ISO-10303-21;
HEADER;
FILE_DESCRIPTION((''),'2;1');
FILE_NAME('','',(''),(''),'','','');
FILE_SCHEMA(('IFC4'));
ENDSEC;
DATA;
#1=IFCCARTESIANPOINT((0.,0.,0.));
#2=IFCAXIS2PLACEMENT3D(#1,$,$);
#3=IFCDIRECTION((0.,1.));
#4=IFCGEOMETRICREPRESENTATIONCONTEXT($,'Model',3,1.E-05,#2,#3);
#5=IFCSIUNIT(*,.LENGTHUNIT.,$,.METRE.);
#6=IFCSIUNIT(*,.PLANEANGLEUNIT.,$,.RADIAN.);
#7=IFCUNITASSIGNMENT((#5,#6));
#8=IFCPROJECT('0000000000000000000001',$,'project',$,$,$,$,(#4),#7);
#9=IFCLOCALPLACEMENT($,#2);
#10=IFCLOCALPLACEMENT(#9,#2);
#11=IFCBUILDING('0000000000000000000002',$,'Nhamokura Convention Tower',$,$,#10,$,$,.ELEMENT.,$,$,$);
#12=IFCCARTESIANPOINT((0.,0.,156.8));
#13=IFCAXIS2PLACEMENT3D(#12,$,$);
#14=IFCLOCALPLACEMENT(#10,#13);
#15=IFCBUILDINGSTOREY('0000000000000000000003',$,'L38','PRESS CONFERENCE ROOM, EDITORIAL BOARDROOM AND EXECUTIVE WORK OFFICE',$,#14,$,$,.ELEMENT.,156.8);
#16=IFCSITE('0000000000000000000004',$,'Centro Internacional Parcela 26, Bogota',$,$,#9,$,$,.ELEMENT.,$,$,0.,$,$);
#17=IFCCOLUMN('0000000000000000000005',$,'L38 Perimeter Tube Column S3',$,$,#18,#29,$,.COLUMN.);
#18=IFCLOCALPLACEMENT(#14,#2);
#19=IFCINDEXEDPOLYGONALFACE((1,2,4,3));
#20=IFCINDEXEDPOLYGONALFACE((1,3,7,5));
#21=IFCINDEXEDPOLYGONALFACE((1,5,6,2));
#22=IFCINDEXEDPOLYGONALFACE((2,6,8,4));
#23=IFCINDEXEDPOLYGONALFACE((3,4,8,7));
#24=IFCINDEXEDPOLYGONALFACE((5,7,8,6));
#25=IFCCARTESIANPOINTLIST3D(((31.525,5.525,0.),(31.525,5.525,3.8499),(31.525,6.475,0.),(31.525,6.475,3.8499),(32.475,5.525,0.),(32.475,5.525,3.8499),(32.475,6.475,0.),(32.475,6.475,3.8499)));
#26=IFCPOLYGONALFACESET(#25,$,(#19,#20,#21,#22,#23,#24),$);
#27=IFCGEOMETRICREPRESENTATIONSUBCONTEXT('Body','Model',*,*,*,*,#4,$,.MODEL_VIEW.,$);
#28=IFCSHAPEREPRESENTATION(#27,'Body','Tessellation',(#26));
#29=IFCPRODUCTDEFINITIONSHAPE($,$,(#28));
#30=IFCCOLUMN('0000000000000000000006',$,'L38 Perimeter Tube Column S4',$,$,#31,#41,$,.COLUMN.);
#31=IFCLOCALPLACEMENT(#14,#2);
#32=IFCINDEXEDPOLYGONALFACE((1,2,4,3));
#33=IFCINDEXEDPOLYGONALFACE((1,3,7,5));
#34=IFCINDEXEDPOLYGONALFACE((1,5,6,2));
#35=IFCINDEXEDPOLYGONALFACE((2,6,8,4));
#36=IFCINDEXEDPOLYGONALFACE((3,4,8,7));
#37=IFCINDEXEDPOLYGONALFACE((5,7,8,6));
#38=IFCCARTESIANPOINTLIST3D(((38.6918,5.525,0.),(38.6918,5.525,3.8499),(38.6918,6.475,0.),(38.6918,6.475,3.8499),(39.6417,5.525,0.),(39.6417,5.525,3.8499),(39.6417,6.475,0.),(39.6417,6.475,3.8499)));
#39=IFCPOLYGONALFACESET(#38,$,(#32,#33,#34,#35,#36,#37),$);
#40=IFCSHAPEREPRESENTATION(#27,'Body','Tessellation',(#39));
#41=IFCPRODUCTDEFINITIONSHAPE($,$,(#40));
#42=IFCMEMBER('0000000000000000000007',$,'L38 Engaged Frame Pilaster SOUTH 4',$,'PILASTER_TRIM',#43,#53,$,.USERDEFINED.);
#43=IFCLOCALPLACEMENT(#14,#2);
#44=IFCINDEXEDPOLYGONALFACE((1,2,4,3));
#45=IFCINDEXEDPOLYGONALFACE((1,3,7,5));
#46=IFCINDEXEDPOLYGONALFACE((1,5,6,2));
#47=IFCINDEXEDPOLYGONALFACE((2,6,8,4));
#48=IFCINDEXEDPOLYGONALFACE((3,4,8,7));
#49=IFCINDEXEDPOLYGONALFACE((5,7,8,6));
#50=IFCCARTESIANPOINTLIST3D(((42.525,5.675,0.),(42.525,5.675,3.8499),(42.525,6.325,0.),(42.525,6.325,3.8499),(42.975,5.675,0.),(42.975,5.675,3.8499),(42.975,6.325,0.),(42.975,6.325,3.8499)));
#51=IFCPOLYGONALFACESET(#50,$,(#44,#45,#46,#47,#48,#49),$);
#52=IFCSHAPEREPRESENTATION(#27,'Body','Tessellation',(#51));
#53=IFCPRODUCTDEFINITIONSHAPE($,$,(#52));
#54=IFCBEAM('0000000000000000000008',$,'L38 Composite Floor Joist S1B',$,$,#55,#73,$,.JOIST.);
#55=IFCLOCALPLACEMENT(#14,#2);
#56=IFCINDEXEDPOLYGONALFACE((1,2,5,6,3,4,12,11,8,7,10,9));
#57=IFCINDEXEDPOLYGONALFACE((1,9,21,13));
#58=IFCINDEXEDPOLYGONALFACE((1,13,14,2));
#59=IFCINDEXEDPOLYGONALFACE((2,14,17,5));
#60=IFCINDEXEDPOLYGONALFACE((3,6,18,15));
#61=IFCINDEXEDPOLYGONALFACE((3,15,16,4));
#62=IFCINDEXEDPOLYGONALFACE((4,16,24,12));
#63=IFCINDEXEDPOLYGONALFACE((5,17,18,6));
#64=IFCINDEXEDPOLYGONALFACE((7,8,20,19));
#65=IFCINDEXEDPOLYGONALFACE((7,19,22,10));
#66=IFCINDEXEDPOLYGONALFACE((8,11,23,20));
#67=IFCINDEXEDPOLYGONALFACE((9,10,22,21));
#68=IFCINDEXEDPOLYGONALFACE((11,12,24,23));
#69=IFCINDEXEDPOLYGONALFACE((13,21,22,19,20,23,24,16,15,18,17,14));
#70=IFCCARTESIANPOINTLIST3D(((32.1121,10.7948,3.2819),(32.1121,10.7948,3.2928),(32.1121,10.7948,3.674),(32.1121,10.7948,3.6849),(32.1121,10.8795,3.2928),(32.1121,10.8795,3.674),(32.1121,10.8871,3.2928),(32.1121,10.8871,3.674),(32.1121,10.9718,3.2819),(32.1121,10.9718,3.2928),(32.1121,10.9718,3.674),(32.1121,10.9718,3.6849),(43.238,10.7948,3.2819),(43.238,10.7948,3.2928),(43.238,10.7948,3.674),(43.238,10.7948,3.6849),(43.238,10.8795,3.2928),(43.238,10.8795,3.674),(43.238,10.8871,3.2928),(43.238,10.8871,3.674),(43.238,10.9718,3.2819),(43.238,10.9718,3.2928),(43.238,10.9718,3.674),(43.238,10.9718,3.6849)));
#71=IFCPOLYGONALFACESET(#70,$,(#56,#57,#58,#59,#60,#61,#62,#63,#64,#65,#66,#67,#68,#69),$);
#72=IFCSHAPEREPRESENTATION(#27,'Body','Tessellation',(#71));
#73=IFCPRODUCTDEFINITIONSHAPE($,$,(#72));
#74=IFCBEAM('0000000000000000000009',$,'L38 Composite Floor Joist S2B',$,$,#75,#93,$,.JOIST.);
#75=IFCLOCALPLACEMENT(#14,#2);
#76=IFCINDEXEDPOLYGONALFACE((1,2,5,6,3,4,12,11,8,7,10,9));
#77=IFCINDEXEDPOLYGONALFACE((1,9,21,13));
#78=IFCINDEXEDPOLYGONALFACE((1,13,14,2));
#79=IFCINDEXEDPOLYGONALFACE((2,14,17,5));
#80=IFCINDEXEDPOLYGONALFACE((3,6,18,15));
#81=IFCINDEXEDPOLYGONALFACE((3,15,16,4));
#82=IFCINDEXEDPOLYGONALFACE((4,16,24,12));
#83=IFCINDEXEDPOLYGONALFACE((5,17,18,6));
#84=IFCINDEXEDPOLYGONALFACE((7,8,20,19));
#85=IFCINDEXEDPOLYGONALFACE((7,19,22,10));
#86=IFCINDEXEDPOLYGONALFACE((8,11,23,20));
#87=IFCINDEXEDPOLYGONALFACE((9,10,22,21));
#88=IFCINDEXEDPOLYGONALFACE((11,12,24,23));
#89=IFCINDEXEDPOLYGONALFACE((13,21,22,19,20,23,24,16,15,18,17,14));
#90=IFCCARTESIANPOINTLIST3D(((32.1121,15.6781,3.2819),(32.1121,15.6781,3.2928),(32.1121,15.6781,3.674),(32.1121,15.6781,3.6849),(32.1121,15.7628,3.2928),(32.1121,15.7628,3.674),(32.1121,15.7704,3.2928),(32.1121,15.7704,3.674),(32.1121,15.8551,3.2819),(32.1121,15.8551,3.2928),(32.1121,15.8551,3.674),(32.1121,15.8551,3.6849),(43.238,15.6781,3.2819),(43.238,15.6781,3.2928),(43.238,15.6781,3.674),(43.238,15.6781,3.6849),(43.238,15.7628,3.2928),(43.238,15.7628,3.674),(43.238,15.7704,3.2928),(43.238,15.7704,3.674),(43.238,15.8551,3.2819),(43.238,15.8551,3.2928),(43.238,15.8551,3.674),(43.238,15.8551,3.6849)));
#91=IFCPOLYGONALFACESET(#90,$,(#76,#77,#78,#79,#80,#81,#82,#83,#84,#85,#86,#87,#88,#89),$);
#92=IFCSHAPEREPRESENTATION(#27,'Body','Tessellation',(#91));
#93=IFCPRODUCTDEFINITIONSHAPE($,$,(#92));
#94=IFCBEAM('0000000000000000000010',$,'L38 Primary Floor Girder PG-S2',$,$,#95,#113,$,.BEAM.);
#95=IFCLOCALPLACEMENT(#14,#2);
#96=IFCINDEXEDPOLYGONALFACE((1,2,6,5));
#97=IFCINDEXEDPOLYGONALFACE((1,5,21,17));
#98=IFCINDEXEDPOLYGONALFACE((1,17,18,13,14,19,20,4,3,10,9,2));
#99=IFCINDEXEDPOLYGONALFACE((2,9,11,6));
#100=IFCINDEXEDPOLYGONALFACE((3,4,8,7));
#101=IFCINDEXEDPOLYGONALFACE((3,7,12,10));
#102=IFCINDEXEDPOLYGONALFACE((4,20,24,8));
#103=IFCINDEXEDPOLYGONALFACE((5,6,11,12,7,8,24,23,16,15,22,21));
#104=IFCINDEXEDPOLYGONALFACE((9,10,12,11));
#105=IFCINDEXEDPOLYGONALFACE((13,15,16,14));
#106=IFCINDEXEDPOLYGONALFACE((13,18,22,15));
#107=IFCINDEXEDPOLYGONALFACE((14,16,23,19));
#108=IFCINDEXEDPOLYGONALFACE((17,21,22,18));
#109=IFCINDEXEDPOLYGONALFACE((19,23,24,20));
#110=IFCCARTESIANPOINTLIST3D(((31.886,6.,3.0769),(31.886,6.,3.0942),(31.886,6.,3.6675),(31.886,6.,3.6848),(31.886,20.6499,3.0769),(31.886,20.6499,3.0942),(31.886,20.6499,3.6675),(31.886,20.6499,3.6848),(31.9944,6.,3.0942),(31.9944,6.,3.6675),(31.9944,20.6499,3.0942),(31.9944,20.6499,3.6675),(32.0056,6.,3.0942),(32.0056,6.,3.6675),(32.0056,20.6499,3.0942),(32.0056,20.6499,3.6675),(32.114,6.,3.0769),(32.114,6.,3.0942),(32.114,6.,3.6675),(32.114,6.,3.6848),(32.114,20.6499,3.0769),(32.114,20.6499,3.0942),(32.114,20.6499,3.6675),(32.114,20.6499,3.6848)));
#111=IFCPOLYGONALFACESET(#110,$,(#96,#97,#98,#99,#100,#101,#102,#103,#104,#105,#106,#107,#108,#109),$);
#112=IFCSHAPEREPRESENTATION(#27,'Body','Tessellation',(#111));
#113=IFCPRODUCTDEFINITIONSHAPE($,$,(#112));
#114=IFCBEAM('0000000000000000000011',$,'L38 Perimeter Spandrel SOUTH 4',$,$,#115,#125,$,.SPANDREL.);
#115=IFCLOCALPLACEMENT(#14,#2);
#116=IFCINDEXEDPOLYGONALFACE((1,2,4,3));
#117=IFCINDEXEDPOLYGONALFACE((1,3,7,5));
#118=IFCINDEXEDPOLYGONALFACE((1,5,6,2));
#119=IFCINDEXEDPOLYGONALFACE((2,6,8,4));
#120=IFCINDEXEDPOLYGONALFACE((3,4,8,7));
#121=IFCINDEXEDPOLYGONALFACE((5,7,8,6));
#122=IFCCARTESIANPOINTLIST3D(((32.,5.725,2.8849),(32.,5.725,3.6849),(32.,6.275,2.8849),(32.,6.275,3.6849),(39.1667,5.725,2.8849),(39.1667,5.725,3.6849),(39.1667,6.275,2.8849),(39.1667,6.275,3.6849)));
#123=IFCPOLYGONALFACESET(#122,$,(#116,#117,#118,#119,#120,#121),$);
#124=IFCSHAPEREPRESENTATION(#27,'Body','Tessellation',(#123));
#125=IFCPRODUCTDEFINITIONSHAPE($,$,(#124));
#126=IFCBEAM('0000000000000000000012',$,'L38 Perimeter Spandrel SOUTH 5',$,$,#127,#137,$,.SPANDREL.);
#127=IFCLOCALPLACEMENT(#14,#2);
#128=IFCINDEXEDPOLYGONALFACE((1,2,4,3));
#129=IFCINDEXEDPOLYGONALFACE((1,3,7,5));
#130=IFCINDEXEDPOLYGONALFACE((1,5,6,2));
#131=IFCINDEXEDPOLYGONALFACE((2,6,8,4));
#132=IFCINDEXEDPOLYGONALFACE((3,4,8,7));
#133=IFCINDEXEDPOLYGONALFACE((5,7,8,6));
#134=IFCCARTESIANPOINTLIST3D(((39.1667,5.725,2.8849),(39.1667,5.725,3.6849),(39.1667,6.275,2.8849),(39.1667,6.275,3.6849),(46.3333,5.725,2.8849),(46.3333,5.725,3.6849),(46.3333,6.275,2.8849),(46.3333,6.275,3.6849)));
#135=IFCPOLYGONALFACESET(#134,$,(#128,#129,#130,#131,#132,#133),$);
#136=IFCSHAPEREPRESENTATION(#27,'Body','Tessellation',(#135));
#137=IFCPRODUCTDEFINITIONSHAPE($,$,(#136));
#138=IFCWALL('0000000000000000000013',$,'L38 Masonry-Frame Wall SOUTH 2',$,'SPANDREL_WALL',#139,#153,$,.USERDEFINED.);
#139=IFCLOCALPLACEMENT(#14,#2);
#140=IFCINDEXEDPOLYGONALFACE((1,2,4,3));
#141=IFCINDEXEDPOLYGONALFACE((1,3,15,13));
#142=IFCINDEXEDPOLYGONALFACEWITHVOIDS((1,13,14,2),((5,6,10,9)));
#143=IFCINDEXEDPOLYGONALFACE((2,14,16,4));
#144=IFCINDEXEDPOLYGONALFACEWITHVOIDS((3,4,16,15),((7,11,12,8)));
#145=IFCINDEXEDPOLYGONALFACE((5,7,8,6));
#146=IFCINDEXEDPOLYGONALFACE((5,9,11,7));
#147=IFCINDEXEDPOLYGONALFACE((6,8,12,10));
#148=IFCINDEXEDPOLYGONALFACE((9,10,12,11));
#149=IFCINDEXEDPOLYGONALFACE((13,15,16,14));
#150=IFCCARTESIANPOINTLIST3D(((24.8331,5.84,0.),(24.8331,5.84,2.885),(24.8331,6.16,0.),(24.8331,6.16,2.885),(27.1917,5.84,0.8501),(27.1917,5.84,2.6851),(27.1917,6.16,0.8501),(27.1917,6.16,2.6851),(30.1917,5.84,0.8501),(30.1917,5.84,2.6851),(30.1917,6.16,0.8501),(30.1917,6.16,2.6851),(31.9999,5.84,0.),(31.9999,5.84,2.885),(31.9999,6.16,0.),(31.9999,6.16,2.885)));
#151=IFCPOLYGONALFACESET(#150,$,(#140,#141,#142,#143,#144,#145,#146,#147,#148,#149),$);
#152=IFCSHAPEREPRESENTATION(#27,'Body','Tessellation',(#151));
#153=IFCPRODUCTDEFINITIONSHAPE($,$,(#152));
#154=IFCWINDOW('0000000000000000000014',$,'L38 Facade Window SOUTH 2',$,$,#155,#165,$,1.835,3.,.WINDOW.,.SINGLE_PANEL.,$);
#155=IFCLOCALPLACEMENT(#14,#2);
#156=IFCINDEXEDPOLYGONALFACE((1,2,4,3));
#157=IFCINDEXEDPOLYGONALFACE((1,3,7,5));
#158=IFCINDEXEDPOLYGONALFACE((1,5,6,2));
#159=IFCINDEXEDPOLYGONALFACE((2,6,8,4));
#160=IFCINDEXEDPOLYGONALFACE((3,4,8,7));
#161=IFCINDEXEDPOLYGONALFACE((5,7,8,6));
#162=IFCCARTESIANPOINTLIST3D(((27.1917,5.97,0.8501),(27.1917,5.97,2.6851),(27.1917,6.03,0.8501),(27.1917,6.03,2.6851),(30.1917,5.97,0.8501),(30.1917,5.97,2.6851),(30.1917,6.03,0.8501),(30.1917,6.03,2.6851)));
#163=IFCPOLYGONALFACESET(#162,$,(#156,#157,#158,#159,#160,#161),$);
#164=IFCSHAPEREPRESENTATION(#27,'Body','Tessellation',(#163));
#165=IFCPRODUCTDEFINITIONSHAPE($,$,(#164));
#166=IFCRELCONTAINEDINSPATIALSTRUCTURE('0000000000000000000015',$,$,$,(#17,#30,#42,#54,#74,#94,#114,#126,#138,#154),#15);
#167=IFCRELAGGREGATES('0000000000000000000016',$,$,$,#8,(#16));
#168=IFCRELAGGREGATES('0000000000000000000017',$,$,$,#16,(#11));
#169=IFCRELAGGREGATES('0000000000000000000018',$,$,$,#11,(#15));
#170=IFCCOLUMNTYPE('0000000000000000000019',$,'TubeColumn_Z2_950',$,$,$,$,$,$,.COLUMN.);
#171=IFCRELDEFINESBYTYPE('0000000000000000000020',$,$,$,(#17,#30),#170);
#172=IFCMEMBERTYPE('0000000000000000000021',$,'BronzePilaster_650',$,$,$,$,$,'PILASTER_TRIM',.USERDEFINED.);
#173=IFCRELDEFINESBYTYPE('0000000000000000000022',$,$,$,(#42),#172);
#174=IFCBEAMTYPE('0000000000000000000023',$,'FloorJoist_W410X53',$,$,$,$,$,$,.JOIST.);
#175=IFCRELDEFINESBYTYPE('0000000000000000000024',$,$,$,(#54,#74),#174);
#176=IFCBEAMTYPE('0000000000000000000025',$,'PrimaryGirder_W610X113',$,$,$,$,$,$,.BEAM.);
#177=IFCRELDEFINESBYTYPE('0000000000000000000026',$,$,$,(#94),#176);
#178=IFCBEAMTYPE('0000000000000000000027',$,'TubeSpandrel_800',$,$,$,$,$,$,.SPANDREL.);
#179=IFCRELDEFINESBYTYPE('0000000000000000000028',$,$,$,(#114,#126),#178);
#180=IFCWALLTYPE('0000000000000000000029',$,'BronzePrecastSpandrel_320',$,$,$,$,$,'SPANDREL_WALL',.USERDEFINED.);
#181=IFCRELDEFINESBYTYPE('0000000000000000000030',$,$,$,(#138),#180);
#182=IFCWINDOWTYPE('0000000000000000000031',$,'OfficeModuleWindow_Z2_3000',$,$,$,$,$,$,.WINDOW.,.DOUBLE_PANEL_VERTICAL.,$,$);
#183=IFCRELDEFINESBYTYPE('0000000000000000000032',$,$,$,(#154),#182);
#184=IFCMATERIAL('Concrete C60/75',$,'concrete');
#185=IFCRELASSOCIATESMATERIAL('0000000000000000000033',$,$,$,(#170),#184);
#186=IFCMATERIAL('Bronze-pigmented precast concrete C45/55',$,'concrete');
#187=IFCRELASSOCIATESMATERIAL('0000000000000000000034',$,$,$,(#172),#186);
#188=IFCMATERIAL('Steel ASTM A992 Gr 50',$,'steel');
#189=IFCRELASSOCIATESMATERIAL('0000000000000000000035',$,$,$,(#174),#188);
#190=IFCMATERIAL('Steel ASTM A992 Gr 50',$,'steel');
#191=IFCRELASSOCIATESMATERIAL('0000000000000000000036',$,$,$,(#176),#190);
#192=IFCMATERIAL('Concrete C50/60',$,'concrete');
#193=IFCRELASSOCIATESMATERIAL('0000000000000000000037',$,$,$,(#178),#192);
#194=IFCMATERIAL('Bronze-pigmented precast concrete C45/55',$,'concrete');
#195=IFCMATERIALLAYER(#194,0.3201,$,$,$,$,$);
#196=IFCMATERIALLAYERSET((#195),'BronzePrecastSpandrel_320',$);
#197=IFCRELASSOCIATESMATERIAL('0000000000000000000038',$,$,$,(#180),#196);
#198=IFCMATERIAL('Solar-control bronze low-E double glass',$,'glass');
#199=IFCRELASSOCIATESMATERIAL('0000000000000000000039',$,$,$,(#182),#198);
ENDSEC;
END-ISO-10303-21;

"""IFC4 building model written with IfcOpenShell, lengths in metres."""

from ifc_helpers import new_model, si_unit, direction, frame, frame_2d, origin, origin_2d, place, context, subcontext, project, spatial, rectangle, i_section, extrude, material, layer, layer_set, material_profile, profile_set, type_object, element, fill, save


model = new_model("IFC4")

# Units and contexts
model_context = context("Model", 3, precision=1e-05, world=origin(), true_north=direction((0.0, 1.0)))
body_context = subcontext(model_context, "Body", "Model", "MODEL_VIEW")
ifc_project = project(units=[si_unit("LENGTHUNIT", "METRE"), si_unit("PLANEANGLEUNIT", "RADIAN")], contexts=[model_context])

# Site, building, storey
site_placement = place(None, origin())
site = spatial("IfcSite", under=ifc_project, at=site_placement, Name="Centro Internacional Parcela 26, Bogota", CompositionType="ELEMENT", RefElevation=0.0)
building_placement = place(site_placement, origin())
building = spatial("IfcBuilding", under=site, at=building_placement, Name="Nhamokura Convention Tower", CompositionType="ELEMENT")
storey_placement = place(building_placement, frame((0.0, 0.0, 156.8)))
storey = spatial("IfcBuildingStorey", under=building, at=storey_placement, Name="L38", Description="PRESS CONFERENCE ROOM, EDITORIAL BOARDROOM AND EXECUTIVE WORK OFFICE", CompositionType="ELEMENT", Elevation=156.8)

# Columns
ifc_material_1 = material(Name="Concrete C60/75", Category="concrete")
ifc_material_profile_1 = material_profile(ifc_material_1, rectangle(XDim=0.95, YDim=0.95, at=origin_2d()))
ifc_profile_set_1 = profile_set([ifc_material_profile_1], Name="Concrete C60/75")
column_type = type_object("IfcColumnType", Name="TubeColumn_Z2_950", PredefinedType="COLUMN", material=ifc_profile_set_1)
for number, where, z_axis, x_axis, name in (
    (1, (32.0, 6.0, 0.0), (0.0, 0.0, 1.0), (1.0, 0.0, 0.0), "L38 Perimeter Tube Column S3"),
    (2, (39.1667, 6.0, 0.0), (0.0, 0.0, 1.0), (1.0, 0.0, 0.0), "L38 Perimeter Tube Column S4"),
):
    element("IfcColumn", number, at=place(storey_placement, frame(where, z_axis=z_axis, x_axis=x_axis)), inside=storey, type_object=column_type, Name=name, PredefinedType="COLUMN", context=body_context, shape_type="SweptSolid", body=[
        extrude(rectangle(XDim=0.95, YDim=0.95, at=origin_2d()), origin(), (0.0, 0.0, 1.0), 3.8499),
    ])

# Member
ifc_material_2 = material(Name="Bronze-pigmented precast concrete C45/55", Category="concrete")
ifc_material_profile_2 = material_profile(ifc_material_2, rectangle(XDim=0.45, YDim=0.6499, at=origin_2d()))
ifc_profile_set_2 = profile_set([ifc_material_profile_2], Name="Bronze-pigmented precast concrete C45/55")
member_type = type_object("IfcMemberType", Name="BronzePilaster_650", ElementType="PILASTER_TRIM", PredefinedType="USERDEFINED", material=ifc_profile_set_2)
member_placement = place(storey_placement, frame((42.75, 6.0, 0.0), z_axis=(0.0, 0.0, 1.0), x_axis=(1.0, 0.0, 0.0)))
element("IfcMember", 3, at=member_placement, inside=storey, type_object=member_type, Name="L38 Engaged Frame Pilaster SOUTH 4", ObjectType="PILASTER_TRIM", PredefinedType="USERDEFINED", context=body_context, shape_type="SweptSolid", body=[
    extrude(rectangle(XDim=0.45, YDim=0.6499, at=origin_2d()), origin(), (0.0, 0.0, 1.0), 3.8499),
])

# Beams
ifc_material_3 = material(Name="Steel ASTM A992 Gr 50", Category="steel")
ifc_material_profile_3 = material_profile(ifc_material_3, i_section(OverallWidth=0.177, OverallDepth=0.4031, WebThickness=0.0076, FlangeThickness=0.011, at=origin_2d()))
ifc_profile_set_3 = profile_set([ifc_material_profile_3], Name="Steel ASTM A992 Gr 50")
beam_type_1 = type_object("IfcBeamType", Name="FloorJoist_W410X53", PredefinedType="JOIST", material=ifc_profile_set_3)
for number, where, z_axis, x_axis, name in (
    (4, (32.1121, 10.8833, 3.4834), (1.0, 0.0, 0.0), (0.0, 1.0, 0.0), "L38 Composite Floor Joist S1B"),
    (5, (32.1121, 15.7666, 3.4834), (1.0, 0.0, 0.0), (0.0, 1.0, 0.0), "L38 Composite Floor Joist S2B"),
):
    element("IfcBeam", number, at=place(storey_placement, frame(where, z_axis=z_axis, x_axis=x_axis)), inside=storey, type_object=beam_type_1, Name=name, PredefinedType="JOIST", context=body_context, shape_type="SweptSolid", body=[
        extrude(i_section(OverallWidth=0.177, OverallDepth=0.4031, WebThickness=0.0076, FlangeThickness=0.011, at=origin_2d()), origin(), (0.0, 0.0, 1.0), 11.126),
    ])
ifc_material_4 = material(Name="Steel ASTM A992 Gr 50", Category="steel")
ifc_material_profile_4 = material_profile(ifc_material_4, i_section(OverallWidth=0.228, OverallDepth=0.6079, WebThickness=0.0112, FlangeThickness=0.0173, at=origin_2d()))
ifc_profile_set_4 = profile_set([ifc_material_profile_4], Name="Steel ASTM A992 Gr 50")
beam_type_2 = type_object("IfcBeamType", Name="PrimaryGirder_W610X113", PredefinedType="BEAM", material=ifc_profile_set_4)
beam_1_placement = place(storey_placement, frame((32.0, 6.0, 3.3809), z_axis=(0.0, 1.0, 0.0), x_axis=(-1.0, 0.0, 0.0)))
element("IfcBeam", 6, at=beam_1_placement, inside=storey, type_object=beam_type_2, Name="L38 Primary Floor Girder PG-S2", PredefinedType="BEAM", context=body_context, shape_type="SweptSolid", body=[
    extrude(i_section(OverallWidth=0.228, OverallDepth=0.6079, WebThickness=0.0112, FlangeThickness=0.0173, at=origin_2d()), origin(), (0.0, 0.0, 1.0), 14.6499),
])
ifc_material_5 = material(Name="Concrete C50/60", Category="concrete")
ifc_material_profile_5 = material_profile(ifc_material_5, rectangle(XDim=0.55, YDim=0.8, at=origin_2d()))
ifc_profile_set_5 = profile_set([ifc_material_profile_5], Name="Concrete C50/60")
beam_type_3 = type_object("IfcBeamType", Name="TubeSpandrel_800", PredefinedType="SPANDREL", material=ifc_profile_set_5)
beam_2_placement = place(storey_placement, frame((32.0, 6.0, 3.2849), z_axis=(1.0, 0.0, 0.0), x_axis=(0.0, 1.0, 0.0)))
element("IfcBeam", 7, at=beam_2_placement, inside=storey, type_object=beam_type_3, Name="L38 Perimeter Spandrel SOUTH 4", PredefinedType="SPANDREL", context=body_context, shape_type="SweptSolid", body=[
    extrude(rectangle(XDim=0.55, YDim=0.8, at=origin_2d()), origin(), (0.0, 0.0, 1.0), 7.1667),
])
beam_3_placement = place(storey_placement, frame((39.1667, 6.0, 3.2849), z_axis=(1.0, 0.0, 0.0), x_axis=(0.0, 1.0, 0.0)))
element("IfcBeam", 8, at=beam_3_placement, inside=storey, type_object=beam_type_3, Name="L38 Perimeter Spandrel SOUTH 5", PredefinedType="SPANDREL", context=body_context, shape_type="SweptSolid", body=[
    extrude(rectangle(XDim=0.55, YDim=0.8, at=origin_2d()), origin(), (0.0, 0.0, 1.0), 7.1665),
])

# Wall, opening, window
ifc_material_6 = material(Name="Bronze-pigmented precast concrete C45/55", Category="concrete")
ifc_layer_1 = layer(ifc_material_6, 0.3201)
ifc_layer_set_1 = layer_set([ifc_layer_1], Name="BronzePrecastSpandrel_320")
wall_type_1 = type_object("IfcWallType", Name="BronzePrecastSpandrel_320", ElementType="SPANDREL_WALL", PredefinedType="USERDEFINED", material=ifc_layer_set_1)
wall_1_placement = place(storey_placement, frame((32.0, 6.0, 0.0), z_axis=(0.0, 0.0, 1.0), x_axis=(-1.0, 0.0, 0.0)))
wall_1 = element("IfcWall", 9, at=wall_1_placement, inside=storey, type_object=wall_type_1, Name="L38 Masonry-Frame Wall SOUTH 2", ObjectType="SPANDREL_WALL", PredefinedType="USERDEFINED", context=body_context, shape_type="SweptSolid", body=[
    extrude(rectangle(XDim=7.1667, YDim=0.3201, at=frame_2d((3.5835, 0.0))), origin(), (0.0, 0.0, 1.0), 2.885),
])
opening_1_placement = place(wall_1_placement, frame((1.8083, 0.0, 0.8501)))
opening_1 = element("IfcOpeningElement", 10, at=opening_1_placement, cuts=wall_1, PredefinedType="OPENING", context=body_context, shape_type="SweptSolid", body=[
    extrude(rectangle(XDim=3.0, YDim=1.835, at=frame_2d((1.5, 0.9175))), frame((0.0, 0.1699, 0.0), z_axis=(0.0, -1.0, 0.0), x_axis=(1.0, 0.0, 0.0)), (0.0, 0.0, 1.0), 0.3401),
])
ifc_material_7 = material(Name="Solar-control bronze low-E double glass", Category="glass")
window_type = type_object("IfcWindowType", Name="OfficeModuleWindow_Z2_3000", PartitioningType="DOUBLE_PANEL_VERTICAL", PredefinedType="WINDOW", material=ifc_material_7)
window_1_placement = place(opening_1_placement, origin())
window_1 = element("IfcWindow", 11, at=window_1_placement, inside=storey, type_object=window_type, Name="L38 Facade Window SOUTH 2", OverallHeight=1.835, OverallWidth=3.0, PartitioningType="SINGLE_PANEL", PredefinedType="WINDOW", context=body_context, shape_type="SweptSolid", body=[
    extrude(rectangle(XDim=3.0, YDim=1.835, at=frame_2d((1.5, 0.9175))), frame((0.0, 0.03, 0.0), z_axis=(0.0, -1.0, 0.0), x_axis=(1.0, 0.0, 0.0)), (0.0, 0.0, 1.0), 0.0601),
])
fill(opening_1, window_1)

save(model, "model.ifc")
